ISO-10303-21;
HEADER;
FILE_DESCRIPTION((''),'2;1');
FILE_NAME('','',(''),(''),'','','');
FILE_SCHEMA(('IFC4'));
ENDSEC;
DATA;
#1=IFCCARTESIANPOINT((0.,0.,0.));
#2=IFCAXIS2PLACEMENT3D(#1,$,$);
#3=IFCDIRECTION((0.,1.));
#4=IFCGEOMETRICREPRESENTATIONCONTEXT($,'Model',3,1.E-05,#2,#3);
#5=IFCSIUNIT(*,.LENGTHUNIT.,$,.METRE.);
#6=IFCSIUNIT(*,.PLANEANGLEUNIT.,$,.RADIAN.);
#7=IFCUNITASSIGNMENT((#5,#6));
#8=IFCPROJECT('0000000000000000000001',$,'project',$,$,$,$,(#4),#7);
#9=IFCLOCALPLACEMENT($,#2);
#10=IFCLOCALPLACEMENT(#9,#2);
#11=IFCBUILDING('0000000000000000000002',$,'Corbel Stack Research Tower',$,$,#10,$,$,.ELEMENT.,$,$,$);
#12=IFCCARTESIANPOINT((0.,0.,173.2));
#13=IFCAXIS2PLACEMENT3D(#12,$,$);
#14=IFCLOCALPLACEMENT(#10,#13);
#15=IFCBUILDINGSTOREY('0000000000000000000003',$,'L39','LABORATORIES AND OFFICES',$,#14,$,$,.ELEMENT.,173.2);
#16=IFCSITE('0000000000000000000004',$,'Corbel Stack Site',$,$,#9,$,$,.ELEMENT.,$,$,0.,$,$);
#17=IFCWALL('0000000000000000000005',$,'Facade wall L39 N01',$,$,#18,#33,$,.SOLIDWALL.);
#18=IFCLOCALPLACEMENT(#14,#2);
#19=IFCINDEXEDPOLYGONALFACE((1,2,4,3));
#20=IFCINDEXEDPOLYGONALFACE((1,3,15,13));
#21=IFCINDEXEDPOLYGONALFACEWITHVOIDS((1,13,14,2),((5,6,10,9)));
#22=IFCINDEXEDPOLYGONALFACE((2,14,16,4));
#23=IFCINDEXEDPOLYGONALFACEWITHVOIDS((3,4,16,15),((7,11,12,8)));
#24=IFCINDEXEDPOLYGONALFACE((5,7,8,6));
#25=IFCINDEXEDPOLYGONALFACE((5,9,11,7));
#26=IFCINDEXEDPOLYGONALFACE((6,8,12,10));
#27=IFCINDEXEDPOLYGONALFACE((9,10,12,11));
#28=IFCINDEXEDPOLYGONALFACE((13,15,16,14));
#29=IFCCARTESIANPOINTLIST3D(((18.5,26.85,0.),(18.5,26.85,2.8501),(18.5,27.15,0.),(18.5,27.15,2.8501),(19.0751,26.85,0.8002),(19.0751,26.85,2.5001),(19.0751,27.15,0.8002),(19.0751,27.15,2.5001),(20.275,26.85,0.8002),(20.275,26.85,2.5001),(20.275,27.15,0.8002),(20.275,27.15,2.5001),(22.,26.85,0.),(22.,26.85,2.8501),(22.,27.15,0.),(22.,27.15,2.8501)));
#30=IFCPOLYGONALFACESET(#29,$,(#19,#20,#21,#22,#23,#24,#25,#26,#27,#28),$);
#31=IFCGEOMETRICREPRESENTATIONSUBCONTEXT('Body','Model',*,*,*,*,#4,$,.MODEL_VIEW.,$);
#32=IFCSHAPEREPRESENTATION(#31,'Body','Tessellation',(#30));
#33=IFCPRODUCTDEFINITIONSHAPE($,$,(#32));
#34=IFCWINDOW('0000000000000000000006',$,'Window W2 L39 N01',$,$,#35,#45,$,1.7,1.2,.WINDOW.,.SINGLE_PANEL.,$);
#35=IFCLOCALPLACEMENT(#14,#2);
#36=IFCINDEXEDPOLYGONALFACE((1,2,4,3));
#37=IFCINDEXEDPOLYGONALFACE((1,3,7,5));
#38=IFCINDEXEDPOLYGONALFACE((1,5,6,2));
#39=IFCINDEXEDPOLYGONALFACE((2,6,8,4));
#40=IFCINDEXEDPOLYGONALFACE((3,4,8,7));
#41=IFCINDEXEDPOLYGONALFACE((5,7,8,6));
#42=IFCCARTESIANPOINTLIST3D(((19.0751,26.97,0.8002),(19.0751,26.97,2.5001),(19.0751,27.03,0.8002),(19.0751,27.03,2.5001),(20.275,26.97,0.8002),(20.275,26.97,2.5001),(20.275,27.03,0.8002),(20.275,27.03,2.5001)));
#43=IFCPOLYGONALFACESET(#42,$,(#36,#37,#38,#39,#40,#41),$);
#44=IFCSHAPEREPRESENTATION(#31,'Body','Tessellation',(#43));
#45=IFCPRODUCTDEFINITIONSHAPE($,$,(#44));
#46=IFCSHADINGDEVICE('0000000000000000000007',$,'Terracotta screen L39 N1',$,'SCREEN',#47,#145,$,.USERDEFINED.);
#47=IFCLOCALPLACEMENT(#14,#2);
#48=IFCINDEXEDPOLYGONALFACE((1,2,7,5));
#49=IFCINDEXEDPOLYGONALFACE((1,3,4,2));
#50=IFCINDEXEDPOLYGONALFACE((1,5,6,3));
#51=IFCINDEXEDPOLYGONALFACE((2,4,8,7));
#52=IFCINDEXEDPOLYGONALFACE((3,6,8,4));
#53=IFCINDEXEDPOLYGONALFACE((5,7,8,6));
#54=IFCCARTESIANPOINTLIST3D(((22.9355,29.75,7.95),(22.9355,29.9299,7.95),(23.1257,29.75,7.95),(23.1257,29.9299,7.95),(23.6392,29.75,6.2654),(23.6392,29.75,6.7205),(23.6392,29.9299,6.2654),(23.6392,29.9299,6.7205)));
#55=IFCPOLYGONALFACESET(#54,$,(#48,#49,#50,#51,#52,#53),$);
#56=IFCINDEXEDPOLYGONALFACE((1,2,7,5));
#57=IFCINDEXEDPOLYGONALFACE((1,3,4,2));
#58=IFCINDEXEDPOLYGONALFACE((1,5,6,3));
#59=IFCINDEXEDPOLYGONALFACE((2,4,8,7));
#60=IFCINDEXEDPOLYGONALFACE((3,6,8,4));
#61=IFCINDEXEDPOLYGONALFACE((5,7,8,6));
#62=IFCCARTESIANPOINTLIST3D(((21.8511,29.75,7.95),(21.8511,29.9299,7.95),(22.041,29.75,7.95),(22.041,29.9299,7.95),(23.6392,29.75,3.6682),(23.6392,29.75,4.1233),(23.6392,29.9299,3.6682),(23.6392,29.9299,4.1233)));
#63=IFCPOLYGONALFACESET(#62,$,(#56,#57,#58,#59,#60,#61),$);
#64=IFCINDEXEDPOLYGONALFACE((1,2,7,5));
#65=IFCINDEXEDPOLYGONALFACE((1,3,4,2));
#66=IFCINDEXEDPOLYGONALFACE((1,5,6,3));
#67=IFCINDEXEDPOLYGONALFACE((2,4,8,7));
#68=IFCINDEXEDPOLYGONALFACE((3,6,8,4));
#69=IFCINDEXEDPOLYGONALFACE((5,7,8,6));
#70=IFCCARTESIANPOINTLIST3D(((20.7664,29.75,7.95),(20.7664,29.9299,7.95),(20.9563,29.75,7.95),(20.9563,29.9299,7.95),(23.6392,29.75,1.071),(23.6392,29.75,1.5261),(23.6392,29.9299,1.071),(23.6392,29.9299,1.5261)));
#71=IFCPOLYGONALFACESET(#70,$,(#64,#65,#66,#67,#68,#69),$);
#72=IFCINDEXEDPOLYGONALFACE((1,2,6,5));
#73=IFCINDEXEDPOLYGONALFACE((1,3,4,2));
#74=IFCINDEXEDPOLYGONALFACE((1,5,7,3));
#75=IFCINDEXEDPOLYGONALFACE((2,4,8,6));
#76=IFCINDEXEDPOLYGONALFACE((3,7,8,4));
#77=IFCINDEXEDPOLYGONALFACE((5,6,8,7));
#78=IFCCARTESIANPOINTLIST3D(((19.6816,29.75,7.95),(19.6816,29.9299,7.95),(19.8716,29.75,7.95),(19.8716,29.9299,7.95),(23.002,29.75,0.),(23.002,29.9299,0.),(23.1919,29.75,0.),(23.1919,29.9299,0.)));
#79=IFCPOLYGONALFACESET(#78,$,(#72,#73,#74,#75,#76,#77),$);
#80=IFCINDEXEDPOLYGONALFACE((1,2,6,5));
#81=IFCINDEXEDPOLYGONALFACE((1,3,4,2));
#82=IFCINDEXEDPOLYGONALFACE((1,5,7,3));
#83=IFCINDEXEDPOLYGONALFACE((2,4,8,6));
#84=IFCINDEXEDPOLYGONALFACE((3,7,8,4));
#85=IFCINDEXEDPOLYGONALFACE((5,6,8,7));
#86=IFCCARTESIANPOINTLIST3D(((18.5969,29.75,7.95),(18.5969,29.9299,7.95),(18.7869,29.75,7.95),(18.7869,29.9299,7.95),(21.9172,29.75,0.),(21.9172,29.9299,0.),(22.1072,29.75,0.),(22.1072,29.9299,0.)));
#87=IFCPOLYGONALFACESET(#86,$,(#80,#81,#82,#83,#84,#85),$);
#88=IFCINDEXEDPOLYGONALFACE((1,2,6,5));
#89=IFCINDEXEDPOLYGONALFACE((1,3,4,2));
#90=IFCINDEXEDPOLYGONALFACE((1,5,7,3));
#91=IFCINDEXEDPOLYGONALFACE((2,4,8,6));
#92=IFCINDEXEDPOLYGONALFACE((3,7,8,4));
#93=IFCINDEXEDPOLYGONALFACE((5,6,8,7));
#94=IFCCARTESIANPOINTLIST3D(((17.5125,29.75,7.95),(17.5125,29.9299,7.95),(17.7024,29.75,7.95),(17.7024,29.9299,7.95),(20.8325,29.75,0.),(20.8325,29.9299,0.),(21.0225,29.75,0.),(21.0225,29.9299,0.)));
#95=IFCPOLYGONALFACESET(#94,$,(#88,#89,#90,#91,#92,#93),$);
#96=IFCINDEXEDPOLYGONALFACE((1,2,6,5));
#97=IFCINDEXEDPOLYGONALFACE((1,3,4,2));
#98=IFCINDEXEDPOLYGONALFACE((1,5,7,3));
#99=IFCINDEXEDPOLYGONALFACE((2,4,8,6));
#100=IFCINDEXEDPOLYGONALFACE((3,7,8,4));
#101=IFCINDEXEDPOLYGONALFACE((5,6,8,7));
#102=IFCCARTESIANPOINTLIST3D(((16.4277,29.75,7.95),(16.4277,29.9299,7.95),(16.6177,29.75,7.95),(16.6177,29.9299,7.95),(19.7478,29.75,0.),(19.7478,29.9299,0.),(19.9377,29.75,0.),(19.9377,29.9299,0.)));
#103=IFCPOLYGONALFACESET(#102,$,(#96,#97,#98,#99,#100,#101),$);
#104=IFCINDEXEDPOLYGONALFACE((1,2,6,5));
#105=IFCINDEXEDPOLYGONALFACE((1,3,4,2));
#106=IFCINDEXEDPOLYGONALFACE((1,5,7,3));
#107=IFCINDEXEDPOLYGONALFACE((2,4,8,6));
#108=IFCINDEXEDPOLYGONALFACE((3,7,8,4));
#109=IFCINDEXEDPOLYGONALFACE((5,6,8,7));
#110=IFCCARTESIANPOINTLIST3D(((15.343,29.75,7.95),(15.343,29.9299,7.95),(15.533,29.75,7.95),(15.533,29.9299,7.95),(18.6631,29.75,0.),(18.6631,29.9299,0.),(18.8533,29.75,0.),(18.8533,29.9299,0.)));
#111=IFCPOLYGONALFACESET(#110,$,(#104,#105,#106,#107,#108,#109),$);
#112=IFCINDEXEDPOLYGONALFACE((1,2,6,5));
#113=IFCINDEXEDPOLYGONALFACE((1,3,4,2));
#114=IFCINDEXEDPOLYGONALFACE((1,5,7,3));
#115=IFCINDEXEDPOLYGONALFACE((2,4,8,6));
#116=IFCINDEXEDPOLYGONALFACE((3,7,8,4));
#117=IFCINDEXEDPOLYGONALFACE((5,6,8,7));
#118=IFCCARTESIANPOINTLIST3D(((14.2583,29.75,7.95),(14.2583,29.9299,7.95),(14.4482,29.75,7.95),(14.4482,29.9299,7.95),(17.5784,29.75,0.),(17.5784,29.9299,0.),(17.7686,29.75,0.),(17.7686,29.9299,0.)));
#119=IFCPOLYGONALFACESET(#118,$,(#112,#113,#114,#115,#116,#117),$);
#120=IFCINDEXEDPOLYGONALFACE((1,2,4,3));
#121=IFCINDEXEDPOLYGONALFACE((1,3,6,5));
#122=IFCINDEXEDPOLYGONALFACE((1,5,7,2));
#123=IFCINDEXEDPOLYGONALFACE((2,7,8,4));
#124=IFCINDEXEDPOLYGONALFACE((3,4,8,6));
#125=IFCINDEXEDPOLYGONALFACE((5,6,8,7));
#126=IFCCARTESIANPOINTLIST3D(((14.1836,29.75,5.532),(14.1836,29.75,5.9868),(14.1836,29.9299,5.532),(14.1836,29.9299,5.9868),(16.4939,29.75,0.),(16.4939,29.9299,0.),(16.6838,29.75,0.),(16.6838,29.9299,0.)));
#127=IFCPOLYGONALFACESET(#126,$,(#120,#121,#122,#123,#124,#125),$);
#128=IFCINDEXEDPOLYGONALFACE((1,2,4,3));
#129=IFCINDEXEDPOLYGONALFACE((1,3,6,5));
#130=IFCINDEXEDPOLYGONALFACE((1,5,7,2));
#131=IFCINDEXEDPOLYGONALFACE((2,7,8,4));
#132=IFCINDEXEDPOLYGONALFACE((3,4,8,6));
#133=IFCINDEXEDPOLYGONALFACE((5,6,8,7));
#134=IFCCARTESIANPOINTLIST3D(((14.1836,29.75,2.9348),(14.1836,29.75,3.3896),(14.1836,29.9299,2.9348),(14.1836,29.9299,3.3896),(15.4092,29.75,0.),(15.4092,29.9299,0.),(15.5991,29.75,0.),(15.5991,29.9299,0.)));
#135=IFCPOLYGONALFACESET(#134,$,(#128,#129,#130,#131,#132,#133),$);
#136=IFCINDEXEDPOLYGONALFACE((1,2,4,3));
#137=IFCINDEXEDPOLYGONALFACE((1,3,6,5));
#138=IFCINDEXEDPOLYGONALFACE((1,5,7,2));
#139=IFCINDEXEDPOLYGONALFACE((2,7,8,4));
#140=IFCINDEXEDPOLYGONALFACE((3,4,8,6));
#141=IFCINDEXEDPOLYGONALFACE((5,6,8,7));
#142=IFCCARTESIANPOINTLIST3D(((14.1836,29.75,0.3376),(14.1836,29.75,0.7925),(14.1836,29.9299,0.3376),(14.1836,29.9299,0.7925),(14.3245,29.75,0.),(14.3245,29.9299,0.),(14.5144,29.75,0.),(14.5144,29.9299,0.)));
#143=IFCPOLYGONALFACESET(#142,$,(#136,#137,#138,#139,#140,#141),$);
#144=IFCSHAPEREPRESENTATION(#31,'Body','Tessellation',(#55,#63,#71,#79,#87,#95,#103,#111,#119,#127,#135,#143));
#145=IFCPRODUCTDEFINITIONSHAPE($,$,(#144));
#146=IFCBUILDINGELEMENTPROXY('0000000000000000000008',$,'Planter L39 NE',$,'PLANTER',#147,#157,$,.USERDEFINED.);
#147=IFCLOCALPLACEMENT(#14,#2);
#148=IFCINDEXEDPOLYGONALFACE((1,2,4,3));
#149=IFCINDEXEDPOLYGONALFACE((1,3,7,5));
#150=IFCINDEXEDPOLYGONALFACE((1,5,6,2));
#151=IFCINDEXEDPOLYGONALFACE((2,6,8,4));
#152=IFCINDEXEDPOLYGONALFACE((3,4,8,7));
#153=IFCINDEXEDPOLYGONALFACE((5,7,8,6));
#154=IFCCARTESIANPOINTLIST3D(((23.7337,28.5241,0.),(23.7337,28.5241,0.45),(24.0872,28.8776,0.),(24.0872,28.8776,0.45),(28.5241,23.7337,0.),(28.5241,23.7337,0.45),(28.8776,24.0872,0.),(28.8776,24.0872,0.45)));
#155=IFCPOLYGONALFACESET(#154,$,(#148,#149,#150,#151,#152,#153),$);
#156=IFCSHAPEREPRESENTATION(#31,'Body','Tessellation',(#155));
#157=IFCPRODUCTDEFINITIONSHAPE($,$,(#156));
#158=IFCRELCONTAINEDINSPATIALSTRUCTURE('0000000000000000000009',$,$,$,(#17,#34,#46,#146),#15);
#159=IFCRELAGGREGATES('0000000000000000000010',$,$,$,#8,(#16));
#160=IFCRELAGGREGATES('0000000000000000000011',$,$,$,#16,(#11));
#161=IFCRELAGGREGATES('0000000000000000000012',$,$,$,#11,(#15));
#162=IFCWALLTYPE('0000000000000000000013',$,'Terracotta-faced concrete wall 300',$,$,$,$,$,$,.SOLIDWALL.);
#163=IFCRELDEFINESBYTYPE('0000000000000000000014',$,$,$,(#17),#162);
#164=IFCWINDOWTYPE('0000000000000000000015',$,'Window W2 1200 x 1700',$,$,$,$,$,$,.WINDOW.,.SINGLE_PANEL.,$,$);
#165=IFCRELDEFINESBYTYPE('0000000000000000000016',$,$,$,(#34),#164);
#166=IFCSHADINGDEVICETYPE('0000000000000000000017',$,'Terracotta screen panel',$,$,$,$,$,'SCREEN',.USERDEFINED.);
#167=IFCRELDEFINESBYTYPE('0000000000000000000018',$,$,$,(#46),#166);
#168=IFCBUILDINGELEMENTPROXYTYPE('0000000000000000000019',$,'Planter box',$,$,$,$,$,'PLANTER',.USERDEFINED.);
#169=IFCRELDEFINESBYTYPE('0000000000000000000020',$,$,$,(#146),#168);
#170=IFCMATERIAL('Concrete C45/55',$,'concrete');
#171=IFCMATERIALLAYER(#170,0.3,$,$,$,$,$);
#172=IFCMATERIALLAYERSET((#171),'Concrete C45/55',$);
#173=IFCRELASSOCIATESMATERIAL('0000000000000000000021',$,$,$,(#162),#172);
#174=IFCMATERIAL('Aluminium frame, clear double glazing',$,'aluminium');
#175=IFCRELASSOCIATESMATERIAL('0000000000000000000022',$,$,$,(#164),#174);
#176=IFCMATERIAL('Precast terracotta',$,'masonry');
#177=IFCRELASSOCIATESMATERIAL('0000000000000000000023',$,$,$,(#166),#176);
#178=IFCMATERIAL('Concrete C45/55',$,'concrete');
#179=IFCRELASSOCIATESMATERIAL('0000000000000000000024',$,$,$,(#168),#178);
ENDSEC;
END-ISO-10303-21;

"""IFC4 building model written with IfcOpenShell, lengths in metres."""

from ifc_helpers import new_model, si_unit, direction, frame, frame_2d, origin, origin_2d, place, context, subcontext, project, spatial, polyline, rectangle, outline, extrude, source, transform, mapped, material, layer, layer_set, type_object, element, fill, save


model = new_model("IFC4")

# Units and contexts
model_context = context("Model", 3, precision=1e-05, world=origin(), true_north=direction((0.0, 1.0)))
body_context = subcontext(model_context, "Body", "Model", "MODEL_VIEW")
ifc_project = project(units=[si_unit("LENGTHUNIT", "METRE"), si_unit("PLANEANGLEUNIT", "RADIAN")], contexts=[model_context])

# Site, building, storey
site_placement = place(None, origin())
site = spatial("IfcSite", under=ifc_project, at=site_placement, Name="Corbel Stack Site", CompositionType="ELEMENT", RefElevation=0.0)
building_placement = place(site_placement, origin())
building = spatial("IfcBuilding", under=site, at=building_placement, Name="Corbel Stack Research Tower", CompositionType="ELEMENT")
storey_placement = place(building_placement, frame((0.0, 0.0, 173.2)))
storey = spatial("IfcBuildingStorey", under=building, at=storey_placement, Name="L39", Description="LABORATORIES AND OFFICES", CompositionType="ELEMENT", Elevation=173.2)

# Shared definitions
ifc_material_1 = material(Name="Concrete C45/55", Category="concrete")
ifc_layer_1 = layer(ifc_material_1, 0.3)
ifc_layer_set_1 = layer_set([ifc_layer_1], Name="Concrete C45/55")
wall_type_1 = type_object("IfcWallType", Name="Terracotta-faced concrete wall 300", PredefinedType="SOLIDWALL", material=ifc_layer_set_1)

# Wall, opening, window
wall_1_placement = place(storey_placement, frame((18.5, 27.0, 0.0), z_axis=(0.0, 0.0, 1.0), x_axis=(1.0, 0.0, 0.0)))
wall_1 = element("IfcWall", 1, at=wall_1_placement, inside=storey, type_object=wall_type_1, Name="Facade wall L39 N01", PredefinedType="SOLIDWALL", context=body_context, shape_type="SweptSolid", body=[
    extrude(rectangle(XDim=3.5, YDim=0.3, at=frame_2d((1.75, 0.0))), origin(), (0.0, 0.0, 1.0), 2.8501),
])
opening_1_placement = place(wall_1_placement, frame((0.575, 0.0, 0.8)))
opening_1 = element("IfcOpeningElement", 2, at=opening_1_placement, cuts=wall_1, PredefinedType="OPENING", context=body_context, shape_type="SweptSolid", body=[
    extrude(rectangle(XDim=1.2, YDim=1.7, at=frame_2d((0.6001, 0.8501))), frame((0.0, 0.1599, 0.0), z_axis=(0.0, -1.0, 0.0), x_axis=(1.0, 0.0, 0.0)), (0.0, 0.0, 1.0), 0.3201),
])
ifc_material_2 = material(Name="Aluminium frame, clear double glazing", Category="aluminium")
window_type_1 = type_object("IfcWindowType", Name="Window W2 1200 x 1700", PartitioningType="SINGLE_PANEL", PredefinedType="WINDOW", material=ifc_material_2)
window_1_placement = place(opening_1_placement, origin())
window_1 = element("IfcWindow", 3, at=window_1_placement, inside=storey, type_object=window_type_1, Name="Window W2 L39 N01", OverallHeight=1.7, OverallWidth=1.2, PartitioningType="SINGLE_PANEL", PredefinedType="WINDOW", context=body_context, shape_type="SweptSolid", body=[
    extrude(rectangle(XDim=1.2, YDim=1.7, at=frame_2d((0.6001, 0.8501))), frame((0.0, 0.03, 0.0), z_axis=(0.0, -1.0, 0.0), x_axis=(1.0, 0.0, 0.0)), (0.0, 0.0, 1.0), 0.0601),
])
fill(opening_1, window_1)

# Shading device
ifc_material_3 = material(Name="Precast terracotta", Category="masonry")
shading_device_type = type_object("IfcShadingDeviceType", Name="Terracotta screen panel", ElementType="SCREEN", PredefinedType="USERDEFINED", material=ifc_material_3)
shared_shape_1 = source(origin(), body_context, "Body", "SweptSolid", [
    extrude(outline(polyline([(0.7036, 7.95), (0.5134, 7.95), (0.0, 6.7205), (0.0, 6.2654), (0.7036, 7.95)])), frame((0.0, 0.0, 0.0), z_axis=(0.0, -1.0, 0.0), x_axis=(1.0, 0.0, 0.0)), (0.0, 0.0, 1.0), 0.1799),
    extrude(outline(polyline([(1.7881, 7.95), (1.5981, 7.95), (0.0, 4.1233), (0.0, 3.6682), (1.7881, 7.95)])), frame((0.0, 0.0, 0.0), z_axis=(0.0, -1.0, 0.0), x_axis=(1.0, 0.0, 0.0)), (0.0, 0.0, 1.0), 0.1799),
    extrude(outline(polyline([(2.8728, 7.95), (2.6829, 7.95), (0.0, 1.5261), (0.0, 1.071), (2.8728, 7.95)])), frame((0.0, 0.0, 0.0), z_axis=(0.0, -1.0, 0.0), x_axis=(1.0, 0.0, 0.0)), (0.0, 0.0, 1.0), 0.1799),
    extrude(outline(polyline([(0.6372, 0.0), (3.9575, 7.95), (3.7676, 7.95), (0.4473, 0.0), (0.6372, 0.0)])), frame((0.0, 0.0, 0.0), z_axis=(0.0, -1.0, 0.0), x_axis=(1.0, 0.0, 0.0)), (0.0, 0.0, 1.0), 0.1799),
    extrude(outline(polyline([(1.7219, 0.0), (5.0422, 7.95), (4.8523, 7.95), (1.532, 0.0), (1.7219, 0.0)])), frame((0.0, 0.0, 0.0), z_axis=(0.0, -1.0, 0.0), x_axis=(1.0, 0.0, 0.0)), (0.0, 0.0, 1.0), 0.1799),
    extrude(outline(polyline([(2.8066, 0.0), (6.1267, 7.95), (5.9368, 7.95), (2.6167, 0.0), (2.8066, 0.0)])), frame((0.0, 0.0, 0.0), z_axis=(0.0, -1.0, 0.0), x_axis=(1.0, 0.0, 0.0)), (0.0, 0.0, 1.0), 0.1799),
    extrude(outline(polyline([(3.8914, 0.0), (7.2114, 7.95), (7.0215, 7.95), (3.7014, 0.0), (3.8914, 0.0)])), frame((0.0, 0.0, 0.0), z_axis=(0.0, -1.0, 0.0), x_axis=(1.0, 0.0, 0.0)), (0.0, 0.0, 1.0), 0.1799),
    extrude(outline(polyline([(4.9761, 0.0), (8.2961, 7.95), (8.1062, 7.95), (4.7859, 0.0), (4.9761, 0.0)])), frame((0.0, 0.0, 0.0), z_axis=(0.0, -1.0, 0.0), x_axis=(1.0, 0.0, 0.0)), (0.0, 0.0, 1.0), 0.1799),
    extrude(outline(polyline([(6.0608, 0.0), (9.3809, 7.95), (9.1909, 7.95), (5.8706, 0.0), (6.0608, 0.0)])), frame((0.0, 0.0, 0.0), z_axis=(0.0, -1.0, 0.0), x_axis=(1.0, 0.0, 0.0)), (0.0, 0.0, 1.0), 0.1799),
    extrude(outline(polyline([(7.1453, 0.0), (9.4556, 5.532), (9.4556, 5.9868), (6.9553, 0.0), (7.1453, 0.0)])), frame((0.0, 0.0, 0.0), z_axis=(0.0, -1.0, 0.0), x_axis=(1.0, 0.0, 0.0)), (0.0, 0.0, 1.0), 0.1799),
    extrude(outline(polyline([(8.23, 0.0), (9.4556, 2.9348), (9.4556, 3.3896), (8.04, 0.0), (8.23, 0.0)])), frame((0.0, 0.0, 0.0), z_axis=(0.0, -1.0, 0.0), x_axis=(1.0, 0.0, 0.0)), (0.0, 0.0, 1.0), 0.1799),
    extrude(outline(polyline([(9.3147, 0.0), (9.4556, 0.3376), (9.4556, 0.7925), (9.1248, 0.0), (9.3147, 0.0)])), frame((0.0, 0.0, 0.0), z_axis=(0.0, -1.0, 0.0), x_axis=(1.0, 0.0, 0.0)), (0.0, 0.0, 1.0), 0.1799),
])
shading_device_1_placement = place(storey_placement, frame((23.6392, 29.75, 0.0), z_axis=(0.0, 0.0, 1.0), x_axis=(-1.0, 0.0, 0.0)))
element("IfcShadingDevice", 4, at=shading_device_1_placement, inside=storey, type_object=shading_device_type, Name="Terracotta screen L39 N1", ObjectType="SCREEN", PredefinedType="USERDEFINED", context=body_context, shape_type="MappedRepresentation", body=[
    mapped(shared_shape_1, transform((0.0, 0.0, 0.0))),
])

# Building element proxy
ifc_material_4 = material(Name="Concrete C45/55", Category="concrete")
building_element_proxy_type = type_object("IfcBuildingElementProxyType", Name="Planter box", ElementType="PLANTER", PredefinedType="USERDEFINED", material=ifc_material_4)
proxy_placement = place(storey_placement, frame((26.3057, 26.3057, 0.0), z_axis=(0.0, 0.0, 1.0), x_axis=(-0.707107, 0.707107, 0.0)))
element("IfcBuildingElementProxy", 5, at=proxy_placement, inside=storey, type_object=building_element_proxy_type, Name="Planter L39 NE", ObjectType="PLANTER", PredefinedType="USERDEFINED", context=body_context, shape_type="SweptSolid", body=[
    extrude(rectangle(XDim=6.7747, YDim=0.5, at=origin_2d()), origin(), (0.0, 0.0, 1.0), 0.45),
])

save(model, "model.ifc")
